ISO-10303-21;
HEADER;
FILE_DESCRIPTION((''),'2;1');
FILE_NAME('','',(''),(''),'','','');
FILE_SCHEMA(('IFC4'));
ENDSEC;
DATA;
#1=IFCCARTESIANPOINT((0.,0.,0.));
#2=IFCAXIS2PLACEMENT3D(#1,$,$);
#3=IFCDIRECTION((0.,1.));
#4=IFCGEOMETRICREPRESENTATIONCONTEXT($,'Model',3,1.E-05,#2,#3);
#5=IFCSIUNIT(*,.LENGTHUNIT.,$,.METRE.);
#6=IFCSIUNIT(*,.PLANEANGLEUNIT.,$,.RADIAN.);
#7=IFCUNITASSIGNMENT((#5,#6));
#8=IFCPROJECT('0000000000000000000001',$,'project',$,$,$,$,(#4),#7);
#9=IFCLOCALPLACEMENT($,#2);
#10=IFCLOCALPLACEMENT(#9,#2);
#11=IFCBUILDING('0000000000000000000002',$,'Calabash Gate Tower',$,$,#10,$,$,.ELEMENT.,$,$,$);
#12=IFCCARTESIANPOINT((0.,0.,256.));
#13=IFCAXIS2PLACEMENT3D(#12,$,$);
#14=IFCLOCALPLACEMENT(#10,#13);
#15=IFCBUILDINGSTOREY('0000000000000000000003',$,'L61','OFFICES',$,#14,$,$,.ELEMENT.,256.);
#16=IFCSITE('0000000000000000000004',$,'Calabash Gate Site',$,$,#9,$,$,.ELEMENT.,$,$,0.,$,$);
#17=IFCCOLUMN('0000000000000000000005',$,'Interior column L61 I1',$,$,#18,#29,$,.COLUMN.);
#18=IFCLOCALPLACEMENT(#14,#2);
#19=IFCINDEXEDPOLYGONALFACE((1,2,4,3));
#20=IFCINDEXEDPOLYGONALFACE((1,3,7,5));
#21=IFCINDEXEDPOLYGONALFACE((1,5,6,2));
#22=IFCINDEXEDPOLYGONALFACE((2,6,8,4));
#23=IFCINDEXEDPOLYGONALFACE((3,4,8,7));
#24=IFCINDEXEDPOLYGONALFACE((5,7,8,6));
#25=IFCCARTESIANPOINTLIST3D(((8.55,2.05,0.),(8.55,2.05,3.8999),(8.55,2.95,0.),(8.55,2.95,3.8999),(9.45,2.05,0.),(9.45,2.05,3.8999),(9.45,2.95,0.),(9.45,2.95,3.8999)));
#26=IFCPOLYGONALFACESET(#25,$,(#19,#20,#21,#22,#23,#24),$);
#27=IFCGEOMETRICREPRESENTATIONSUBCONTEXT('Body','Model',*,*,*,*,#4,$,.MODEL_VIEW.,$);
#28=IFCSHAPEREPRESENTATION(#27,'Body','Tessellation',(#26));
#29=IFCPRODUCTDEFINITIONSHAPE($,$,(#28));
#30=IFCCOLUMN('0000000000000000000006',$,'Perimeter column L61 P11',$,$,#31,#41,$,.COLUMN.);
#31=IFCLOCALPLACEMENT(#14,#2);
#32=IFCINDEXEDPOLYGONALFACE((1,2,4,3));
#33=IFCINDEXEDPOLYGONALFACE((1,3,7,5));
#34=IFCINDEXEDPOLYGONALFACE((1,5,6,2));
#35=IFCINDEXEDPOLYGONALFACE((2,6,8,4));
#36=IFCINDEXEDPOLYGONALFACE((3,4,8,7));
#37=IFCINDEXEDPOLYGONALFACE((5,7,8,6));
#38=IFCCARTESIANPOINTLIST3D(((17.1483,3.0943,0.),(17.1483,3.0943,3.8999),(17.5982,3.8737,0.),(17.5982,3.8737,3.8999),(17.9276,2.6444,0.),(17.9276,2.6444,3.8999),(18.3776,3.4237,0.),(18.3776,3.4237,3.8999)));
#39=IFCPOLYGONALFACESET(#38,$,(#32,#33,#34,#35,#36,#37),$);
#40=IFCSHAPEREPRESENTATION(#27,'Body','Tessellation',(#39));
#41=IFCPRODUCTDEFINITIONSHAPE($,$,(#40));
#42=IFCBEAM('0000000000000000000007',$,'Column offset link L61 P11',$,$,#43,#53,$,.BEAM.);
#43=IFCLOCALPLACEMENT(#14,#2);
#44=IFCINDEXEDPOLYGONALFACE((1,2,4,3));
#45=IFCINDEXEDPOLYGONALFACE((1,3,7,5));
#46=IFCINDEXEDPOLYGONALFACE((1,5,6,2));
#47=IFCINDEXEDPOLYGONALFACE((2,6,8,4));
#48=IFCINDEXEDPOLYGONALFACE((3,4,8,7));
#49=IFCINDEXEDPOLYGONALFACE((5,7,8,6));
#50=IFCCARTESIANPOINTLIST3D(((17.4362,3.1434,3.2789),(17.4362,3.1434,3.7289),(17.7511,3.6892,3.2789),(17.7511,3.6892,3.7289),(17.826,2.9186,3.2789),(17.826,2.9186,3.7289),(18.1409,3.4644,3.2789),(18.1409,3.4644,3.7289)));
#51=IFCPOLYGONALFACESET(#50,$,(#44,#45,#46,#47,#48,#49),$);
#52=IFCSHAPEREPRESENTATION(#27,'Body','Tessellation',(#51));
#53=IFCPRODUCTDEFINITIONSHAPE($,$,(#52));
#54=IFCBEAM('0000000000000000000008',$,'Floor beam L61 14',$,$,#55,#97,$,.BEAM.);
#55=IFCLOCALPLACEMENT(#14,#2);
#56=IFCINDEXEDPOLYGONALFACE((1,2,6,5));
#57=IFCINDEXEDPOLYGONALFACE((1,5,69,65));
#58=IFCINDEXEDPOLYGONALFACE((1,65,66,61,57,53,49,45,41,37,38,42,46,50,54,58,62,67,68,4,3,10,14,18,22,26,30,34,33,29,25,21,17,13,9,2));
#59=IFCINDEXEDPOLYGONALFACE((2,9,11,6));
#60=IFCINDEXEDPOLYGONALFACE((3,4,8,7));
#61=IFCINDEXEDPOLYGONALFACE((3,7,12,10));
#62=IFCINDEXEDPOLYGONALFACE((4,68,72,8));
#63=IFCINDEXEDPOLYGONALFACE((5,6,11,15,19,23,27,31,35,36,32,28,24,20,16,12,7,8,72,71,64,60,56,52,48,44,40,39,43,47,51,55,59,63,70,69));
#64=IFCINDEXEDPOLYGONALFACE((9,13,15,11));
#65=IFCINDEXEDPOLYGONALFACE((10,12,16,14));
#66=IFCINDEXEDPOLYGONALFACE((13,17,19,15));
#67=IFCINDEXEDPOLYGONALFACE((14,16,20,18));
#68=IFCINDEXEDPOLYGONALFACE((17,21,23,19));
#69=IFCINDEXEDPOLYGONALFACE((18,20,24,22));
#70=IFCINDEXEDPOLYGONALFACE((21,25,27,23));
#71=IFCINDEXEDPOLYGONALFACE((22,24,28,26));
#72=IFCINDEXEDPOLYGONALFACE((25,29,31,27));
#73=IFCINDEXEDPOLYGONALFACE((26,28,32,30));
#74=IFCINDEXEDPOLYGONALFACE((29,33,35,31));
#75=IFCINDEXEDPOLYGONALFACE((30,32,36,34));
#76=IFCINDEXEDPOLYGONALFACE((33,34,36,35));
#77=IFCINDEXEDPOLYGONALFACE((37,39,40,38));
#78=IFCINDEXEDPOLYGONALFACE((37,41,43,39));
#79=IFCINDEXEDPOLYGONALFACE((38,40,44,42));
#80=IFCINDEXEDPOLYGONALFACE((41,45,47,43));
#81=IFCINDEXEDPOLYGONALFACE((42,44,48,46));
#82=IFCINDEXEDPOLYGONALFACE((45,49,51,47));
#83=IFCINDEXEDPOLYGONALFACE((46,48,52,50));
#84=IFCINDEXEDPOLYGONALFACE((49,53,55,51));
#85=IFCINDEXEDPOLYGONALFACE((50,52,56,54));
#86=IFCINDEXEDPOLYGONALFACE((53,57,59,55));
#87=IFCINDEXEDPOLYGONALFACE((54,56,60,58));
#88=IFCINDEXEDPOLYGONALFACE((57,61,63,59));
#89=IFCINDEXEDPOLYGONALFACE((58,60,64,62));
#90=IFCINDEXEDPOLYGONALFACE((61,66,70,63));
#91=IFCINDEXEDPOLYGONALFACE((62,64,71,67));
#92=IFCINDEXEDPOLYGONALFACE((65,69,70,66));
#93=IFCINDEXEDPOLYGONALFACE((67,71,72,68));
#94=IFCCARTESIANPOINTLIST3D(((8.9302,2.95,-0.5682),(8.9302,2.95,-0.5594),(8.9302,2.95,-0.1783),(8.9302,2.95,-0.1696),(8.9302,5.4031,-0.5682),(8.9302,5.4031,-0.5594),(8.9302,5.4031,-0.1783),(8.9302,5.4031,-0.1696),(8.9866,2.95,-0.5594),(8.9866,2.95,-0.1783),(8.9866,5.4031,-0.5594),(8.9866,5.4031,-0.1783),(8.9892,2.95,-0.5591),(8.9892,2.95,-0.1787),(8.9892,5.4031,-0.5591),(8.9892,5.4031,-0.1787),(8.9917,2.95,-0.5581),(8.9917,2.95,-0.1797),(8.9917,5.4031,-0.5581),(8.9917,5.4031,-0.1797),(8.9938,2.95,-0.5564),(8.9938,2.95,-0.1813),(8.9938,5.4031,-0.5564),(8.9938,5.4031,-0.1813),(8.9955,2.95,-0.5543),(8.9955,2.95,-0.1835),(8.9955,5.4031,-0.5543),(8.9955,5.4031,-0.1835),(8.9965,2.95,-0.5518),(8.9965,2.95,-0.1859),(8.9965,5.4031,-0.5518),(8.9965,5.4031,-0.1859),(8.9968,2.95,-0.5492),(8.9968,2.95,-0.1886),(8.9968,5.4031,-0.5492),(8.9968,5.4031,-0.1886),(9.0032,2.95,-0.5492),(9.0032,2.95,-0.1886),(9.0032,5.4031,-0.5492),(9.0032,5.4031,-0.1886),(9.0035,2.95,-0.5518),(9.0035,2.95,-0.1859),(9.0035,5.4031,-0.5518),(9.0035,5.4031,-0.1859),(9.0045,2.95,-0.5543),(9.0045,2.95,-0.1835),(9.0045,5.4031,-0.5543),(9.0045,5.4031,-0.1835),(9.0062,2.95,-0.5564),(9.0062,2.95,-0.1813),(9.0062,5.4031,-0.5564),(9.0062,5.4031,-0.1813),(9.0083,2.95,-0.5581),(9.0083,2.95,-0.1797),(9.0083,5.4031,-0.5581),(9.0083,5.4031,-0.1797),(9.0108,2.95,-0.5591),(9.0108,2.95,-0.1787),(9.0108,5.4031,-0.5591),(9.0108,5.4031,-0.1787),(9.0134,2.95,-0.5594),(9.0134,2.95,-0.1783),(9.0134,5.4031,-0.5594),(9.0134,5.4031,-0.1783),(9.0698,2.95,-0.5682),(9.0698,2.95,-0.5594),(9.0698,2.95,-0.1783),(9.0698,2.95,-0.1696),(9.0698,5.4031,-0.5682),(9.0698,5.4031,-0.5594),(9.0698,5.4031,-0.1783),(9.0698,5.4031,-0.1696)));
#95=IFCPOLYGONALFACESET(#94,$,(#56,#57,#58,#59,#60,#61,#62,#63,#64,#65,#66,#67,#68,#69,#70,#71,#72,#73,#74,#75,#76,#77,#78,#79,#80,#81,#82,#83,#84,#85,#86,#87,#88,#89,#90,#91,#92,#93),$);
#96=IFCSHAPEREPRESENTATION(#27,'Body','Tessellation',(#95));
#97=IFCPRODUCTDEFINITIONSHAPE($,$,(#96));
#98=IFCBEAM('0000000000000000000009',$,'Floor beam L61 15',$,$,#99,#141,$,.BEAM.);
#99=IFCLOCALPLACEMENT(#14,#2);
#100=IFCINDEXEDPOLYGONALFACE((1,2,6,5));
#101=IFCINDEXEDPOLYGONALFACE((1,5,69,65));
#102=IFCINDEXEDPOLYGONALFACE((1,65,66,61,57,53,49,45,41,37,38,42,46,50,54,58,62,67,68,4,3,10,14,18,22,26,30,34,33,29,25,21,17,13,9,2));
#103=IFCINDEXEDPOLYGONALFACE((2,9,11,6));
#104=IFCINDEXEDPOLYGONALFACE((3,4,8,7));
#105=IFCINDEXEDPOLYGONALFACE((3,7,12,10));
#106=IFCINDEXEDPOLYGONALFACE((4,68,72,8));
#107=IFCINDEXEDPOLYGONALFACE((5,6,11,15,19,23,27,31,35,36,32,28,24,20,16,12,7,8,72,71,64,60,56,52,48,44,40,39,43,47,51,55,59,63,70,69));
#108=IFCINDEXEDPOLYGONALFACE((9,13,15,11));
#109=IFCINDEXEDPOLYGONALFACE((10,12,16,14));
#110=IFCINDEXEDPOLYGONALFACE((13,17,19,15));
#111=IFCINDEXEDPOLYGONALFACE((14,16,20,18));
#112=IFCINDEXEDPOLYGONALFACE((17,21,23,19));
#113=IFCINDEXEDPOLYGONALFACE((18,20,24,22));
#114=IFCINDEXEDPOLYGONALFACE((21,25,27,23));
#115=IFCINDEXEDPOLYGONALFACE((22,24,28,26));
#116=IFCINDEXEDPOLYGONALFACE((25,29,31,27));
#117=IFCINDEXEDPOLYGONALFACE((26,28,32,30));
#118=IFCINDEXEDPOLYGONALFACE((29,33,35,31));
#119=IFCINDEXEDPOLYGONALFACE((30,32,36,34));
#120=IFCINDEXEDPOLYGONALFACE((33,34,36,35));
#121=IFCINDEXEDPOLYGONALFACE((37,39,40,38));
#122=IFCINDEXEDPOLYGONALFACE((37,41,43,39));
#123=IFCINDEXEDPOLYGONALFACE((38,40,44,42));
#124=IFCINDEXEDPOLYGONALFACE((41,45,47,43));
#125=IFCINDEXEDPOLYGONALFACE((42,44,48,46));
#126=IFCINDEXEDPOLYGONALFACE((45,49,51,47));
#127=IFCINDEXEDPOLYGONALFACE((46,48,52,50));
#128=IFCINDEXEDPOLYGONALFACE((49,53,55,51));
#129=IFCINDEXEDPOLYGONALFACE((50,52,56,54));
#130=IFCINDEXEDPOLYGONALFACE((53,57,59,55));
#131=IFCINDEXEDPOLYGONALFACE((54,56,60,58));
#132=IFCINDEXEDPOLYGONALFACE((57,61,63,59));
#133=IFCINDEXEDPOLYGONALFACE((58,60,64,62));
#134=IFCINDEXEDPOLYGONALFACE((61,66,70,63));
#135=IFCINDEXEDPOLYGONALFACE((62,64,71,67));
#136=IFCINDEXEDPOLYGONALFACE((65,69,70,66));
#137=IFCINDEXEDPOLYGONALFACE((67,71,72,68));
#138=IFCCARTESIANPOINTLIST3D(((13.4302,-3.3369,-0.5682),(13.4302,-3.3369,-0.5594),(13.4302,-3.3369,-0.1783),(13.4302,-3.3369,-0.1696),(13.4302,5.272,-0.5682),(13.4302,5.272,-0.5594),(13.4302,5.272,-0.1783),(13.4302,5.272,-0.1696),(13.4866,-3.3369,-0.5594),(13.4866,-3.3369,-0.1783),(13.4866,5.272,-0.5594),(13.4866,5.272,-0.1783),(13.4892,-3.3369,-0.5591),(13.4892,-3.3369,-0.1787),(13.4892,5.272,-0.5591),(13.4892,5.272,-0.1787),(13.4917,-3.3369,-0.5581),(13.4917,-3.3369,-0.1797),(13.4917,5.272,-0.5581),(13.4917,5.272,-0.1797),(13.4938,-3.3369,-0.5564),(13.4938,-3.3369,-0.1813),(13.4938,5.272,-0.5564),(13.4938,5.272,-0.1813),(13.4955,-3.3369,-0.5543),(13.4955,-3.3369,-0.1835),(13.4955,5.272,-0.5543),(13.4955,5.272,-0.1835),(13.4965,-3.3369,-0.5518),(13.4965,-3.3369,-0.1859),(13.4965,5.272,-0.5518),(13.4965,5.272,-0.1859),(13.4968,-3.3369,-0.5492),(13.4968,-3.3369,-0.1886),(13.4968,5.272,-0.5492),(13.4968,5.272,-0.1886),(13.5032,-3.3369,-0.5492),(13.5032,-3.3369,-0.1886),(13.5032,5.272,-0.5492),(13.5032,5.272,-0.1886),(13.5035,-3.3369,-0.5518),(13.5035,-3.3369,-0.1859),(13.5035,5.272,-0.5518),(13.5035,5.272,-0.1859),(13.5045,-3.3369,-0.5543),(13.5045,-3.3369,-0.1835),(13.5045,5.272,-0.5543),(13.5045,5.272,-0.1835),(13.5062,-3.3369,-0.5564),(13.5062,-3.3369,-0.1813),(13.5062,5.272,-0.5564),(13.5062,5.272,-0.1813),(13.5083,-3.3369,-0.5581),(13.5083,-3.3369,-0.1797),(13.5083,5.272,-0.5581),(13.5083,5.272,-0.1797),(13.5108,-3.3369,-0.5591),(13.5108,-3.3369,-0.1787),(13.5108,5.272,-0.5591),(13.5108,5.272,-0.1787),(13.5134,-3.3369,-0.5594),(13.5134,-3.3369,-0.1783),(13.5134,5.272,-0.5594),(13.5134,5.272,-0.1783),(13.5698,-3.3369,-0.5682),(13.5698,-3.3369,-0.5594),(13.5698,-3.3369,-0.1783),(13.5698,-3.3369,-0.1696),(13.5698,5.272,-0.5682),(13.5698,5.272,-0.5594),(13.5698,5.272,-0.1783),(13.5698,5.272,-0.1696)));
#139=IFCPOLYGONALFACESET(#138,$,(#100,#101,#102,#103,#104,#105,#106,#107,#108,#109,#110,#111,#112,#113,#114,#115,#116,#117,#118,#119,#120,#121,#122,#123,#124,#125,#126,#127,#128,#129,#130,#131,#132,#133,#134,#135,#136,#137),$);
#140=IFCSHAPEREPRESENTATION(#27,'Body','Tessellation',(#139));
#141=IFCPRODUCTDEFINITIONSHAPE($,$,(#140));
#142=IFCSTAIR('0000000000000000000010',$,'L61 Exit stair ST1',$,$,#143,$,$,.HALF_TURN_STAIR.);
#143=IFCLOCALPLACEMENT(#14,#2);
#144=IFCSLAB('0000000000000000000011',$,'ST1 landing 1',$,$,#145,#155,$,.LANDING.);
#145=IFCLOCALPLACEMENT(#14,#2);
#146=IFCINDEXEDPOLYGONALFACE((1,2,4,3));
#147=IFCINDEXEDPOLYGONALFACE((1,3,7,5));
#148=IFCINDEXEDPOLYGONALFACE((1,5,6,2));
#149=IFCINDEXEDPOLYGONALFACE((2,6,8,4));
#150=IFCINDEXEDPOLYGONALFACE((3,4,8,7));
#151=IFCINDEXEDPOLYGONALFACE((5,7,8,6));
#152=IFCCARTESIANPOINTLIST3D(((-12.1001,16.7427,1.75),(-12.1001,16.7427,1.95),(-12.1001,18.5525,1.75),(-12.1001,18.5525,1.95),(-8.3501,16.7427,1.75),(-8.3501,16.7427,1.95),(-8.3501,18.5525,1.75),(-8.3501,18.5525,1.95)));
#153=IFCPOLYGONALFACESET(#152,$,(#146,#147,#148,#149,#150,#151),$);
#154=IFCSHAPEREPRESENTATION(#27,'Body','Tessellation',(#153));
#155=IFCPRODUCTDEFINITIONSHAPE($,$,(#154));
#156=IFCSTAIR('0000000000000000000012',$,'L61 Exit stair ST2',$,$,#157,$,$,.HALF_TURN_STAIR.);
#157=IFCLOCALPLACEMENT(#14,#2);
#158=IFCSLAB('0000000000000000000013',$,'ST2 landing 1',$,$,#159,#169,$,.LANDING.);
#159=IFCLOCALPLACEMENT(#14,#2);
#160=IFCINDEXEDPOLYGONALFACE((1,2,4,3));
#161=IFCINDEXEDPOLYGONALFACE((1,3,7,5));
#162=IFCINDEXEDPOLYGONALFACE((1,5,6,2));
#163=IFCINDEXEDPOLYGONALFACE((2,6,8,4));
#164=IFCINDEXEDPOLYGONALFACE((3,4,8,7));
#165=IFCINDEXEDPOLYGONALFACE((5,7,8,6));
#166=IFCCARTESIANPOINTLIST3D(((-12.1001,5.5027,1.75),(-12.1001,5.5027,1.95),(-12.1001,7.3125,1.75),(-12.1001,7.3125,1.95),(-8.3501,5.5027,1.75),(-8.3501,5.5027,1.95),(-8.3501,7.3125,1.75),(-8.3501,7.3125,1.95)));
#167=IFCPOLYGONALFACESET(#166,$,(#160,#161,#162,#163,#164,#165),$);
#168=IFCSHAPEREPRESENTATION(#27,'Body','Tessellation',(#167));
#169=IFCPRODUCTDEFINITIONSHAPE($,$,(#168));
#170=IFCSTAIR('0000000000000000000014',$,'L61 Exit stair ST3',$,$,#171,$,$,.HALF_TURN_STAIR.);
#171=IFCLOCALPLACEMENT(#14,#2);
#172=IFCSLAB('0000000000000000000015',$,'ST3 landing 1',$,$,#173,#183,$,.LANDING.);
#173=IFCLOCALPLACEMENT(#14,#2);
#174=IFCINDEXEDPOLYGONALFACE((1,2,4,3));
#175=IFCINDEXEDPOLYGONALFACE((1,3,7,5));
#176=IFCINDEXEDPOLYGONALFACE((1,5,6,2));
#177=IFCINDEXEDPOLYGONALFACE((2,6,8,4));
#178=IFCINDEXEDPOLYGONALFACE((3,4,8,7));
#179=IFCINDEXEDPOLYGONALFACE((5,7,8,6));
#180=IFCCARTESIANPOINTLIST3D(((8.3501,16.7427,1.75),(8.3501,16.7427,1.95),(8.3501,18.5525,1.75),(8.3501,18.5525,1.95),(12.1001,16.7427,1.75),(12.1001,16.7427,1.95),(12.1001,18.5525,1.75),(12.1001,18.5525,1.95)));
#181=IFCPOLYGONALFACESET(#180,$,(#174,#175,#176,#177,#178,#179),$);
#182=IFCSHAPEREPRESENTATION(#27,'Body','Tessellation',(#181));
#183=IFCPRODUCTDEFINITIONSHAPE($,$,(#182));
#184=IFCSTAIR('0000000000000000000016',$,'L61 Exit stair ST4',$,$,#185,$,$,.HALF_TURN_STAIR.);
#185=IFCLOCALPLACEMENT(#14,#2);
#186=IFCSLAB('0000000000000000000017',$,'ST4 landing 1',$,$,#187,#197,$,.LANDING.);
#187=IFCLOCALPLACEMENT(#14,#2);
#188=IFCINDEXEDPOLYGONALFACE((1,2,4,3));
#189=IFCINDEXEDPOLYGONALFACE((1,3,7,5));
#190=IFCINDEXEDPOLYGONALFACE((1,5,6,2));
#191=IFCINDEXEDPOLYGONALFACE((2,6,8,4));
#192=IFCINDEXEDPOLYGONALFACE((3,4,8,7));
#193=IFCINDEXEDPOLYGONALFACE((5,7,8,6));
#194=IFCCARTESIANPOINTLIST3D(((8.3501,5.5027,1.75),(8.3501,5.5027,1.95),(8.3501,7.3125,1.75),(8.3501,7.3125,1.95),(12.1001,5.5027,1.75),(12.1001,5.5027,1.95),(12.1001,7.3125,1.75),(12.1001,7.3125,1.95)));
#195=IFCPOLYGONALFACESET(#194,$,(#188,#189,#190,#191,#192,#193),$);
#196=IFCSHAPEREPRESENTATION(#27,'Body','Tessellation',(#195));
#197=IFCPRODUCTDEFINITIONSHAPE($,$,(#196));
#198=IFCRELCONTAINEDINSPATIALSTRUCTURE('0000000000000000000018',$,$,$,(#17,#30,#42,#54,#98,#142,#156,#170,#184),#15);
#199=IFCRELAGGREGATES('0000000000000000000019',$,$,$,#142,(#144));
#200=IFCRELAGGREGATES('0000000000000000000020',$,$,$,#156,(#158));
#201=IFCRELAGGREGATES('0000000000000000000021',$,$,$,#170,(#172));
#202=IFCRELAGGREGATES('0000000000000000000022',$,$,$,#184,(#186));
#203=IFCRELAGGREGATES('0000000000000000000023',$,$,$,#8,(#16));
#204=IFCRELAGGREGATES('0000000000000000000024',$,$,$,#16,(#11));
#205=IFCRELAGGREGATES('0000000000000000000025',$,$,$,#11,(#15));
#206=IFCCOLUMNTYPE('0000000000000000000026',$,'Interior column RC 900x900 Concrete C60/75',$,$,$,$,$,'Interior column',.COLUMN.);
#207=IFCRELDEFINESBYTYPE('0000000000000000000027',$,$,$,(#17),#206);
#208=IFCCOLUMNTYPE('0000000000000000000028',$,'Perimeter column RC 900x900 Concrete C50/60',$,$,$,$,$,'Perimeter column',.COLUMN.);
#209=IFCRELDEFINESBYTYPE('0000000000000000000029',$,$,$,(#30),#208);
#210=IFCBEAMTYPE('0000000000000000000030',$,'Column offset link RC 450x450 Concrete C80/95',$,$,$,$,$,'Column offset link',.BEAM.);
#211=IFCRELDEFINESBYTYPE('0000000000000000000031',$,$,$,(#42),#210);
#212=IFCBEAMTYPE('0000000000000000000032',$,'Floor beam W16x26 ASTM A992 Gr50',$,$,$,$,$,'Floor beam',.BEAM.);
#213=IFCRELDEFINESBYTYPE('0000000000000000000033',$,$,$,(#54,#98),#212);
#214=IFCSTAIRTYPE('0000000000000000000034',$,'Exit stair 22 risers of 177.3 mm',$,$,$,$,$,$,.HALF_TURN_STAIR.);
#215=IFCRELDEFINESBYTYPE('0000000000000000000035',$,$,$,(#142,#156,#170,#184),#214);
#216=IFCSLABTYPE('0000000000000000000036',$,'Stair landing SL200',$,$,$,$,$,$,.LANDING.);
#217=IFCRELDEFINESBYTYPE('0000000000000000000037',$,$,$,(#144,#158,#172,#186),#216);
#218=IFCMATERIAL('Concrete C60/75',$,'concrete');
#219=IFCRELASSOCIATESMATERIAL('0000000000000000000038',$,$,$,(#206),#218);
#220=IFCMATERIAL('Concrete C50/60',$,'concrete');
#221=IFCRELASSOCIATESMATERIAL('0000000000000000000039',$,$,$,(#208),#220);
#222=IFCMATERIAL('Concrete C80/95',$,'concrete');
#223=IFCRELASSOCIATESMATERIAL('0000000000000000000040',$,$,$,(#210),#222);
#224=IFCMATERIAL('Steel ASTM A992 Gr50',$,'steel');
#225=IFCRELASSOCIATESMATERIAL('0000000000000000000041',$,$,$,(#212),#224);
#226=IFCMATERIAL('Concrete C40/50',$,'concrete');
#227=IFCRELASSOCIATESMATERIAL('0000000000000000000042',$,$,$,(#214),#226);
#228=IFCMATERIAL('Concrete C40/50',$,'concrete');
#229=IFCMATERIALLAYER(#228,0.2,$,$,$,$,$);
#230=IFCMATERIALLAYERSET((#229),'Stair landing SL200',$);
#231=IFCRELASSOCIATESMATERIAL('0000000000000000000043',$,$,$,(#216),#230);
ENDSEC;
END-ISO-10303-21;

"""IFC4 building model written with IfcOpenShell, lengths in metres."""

from ifc_helpers import new_model, si_unit, direction, frame, origin, origin_2d, place, context, subcontext, project, spatial, polyline, rectangle, i_section, outline, extrude, material, layer, layer_set, material_profile, profile_set, type_object, element, aggregate, save


model = new_model("IFC4")

# Units and contexts
model_context = context("Model", 3, precision=1e-05, world=origin(), true_north=direction((0.0, 1.0)))
body_context = subcontext(model_context, "Body", "Model", "MODEL_VIEW")
ifc_project = project(units=[si_unit("LENGTHUNIT", "METRE"), si_unit("PLANEANGLEUNIT", "RADIAN")], contexts=[model_context])

# Site, building, storey
site_placement = place(None, origin())
site = spatial("IfcSite", under=ifc_project, at=site_placement, Name="Calabash Gate Site", CompositionType="ELEMENT", RefElevation=0.0)
building_placement = place(site_placement, origin())
building = spatial("IfcBuilding", under=site, at=building_placement, Name="Calabash Gate Tower", CompositionType="ELEMENT")
storey_placement = place(building_placement, frame((0.0, 0.0, 256.0)))
storey = spatial("IfcBuildingStorey", under=building, at=storey_placement, Name="L61", Description="OFFICES", CompositionType="ELEMENT", Elevation=256.0)

# Columns
ifc_material_1 = material(Name="Concrete C60/75", Category="concrete")
ifc_material_profile_1 = material_profile(ifc_material_1, rectangle(XDim=0.8999, YDim=0.8999, at=origin_2d()))
ifc_profile_set_1 = profile_set([ifc_material_profile_1], Name="Concrete C60/75")
column_type_1 = type_object("IfcColumnType", Name="Interior column RC 900x900 Concrete C60/75", ElementType="Interior column", PredefinedType="COLUMN", material=ifc_profile_set_1)
column_1_placement = place(storey_placement, frame((9.0, 2.5, 0.0), z_axis=(0.0, 0.0, 1.0), x_axis=(1.0, 0.0, 0.0)))
element("IfcColumn", 1, at=column_1_placement, inside=storey, type_object=column_type_1, Name="Interior column L61 I1", PredefinedType="COLUMN", context=body_context, shape_type="SweptSolid", body=[
    extrude(rectangle(XDim=0.8999, YDim=0.8999, at=origin_2d()), origin(), (0.0, 0.0, 1.0), 3.8999),
])
ifc_material_2 = material(Name="Concrete C50/60", Category="concrete")
ifc_material_profile_2 = material_profile(ifc_material_2, rectangle(XDim=0.8999, YDim=0.8999, at=origin_2d()))
ifc_profile_set_2 = profile_set([ifc_material_profile_2], Name="Concrete C50/60")
column_type_2 = type_object("IfcColumnType", Name="Perimeter column RC 900x900 Concrete C50/60", ElementType="Perimeter column", PredefinedType="COLUMN", material=ifc_profile_set_2)
column_2_placement = place(storey_placement, frame((17.7629, 3.259, 0.0), z_axis=(0.0, 0.0, 1.0), x_axis=(0.5, 0.866025, 0.0)))
element("IfcColumn", 2, at=column_2_placement, inside=storey, type_object=column_type_2, Name="Perimeter column L61 P11", PredefinedType="COLUMN", context=body_context, shape_type="SweptSolid", body=[
    extrude(rectangle(XDim=0.8999, YDim=0.8999, at=origin_2d()), origin(), (0.0, 0.0, 1.0), 3.8999),
])

# Beams
ifc_material_3 = material(Name="Concrete C80/95", Category="concrete")
ifc_material_profile_3 = material_profile(ifc_material_3, rectangle(XDim=0.45, YDim=0.45, at=origin_2d()))
ifc_profile_set_3 = profile_set([ifc_material_profile_3], Name="Concrete C80/95")
beam_type_1 = type_object("IfcBeamType", Name="Column offset link RC 450x450 Concrete C80/95", ElementType="Column offset link", PredefinedType="BEAM", material=ifc_profile_set_3)
beam_1_placement = place(storey_placement, frame((17.6311, 3.031, 3.5039), z_axis=(0.499722, 0.866186, 0.0), x_axis=(-0.866186, 0.499722, 0.0)))
element("IfcBeam", 3, at=beam_1_placement, inside=storey, type_object=beam_type_1, Name="Column offset link L61 P11", PredefinedType="BEAM", context=body_context, shape_type="SweptSolid", body=[
    extrude(rectangle(XDim=0.45, YDim=0.45, at=origin_2d()), origin(), (0.0, 0.0, 1.0), 0.6301),
])
ifc_material_4 = material(Name="Steel ASTM A992 Gr50", Category="steel")
ifc_material_profile_4 = material_profile(ifc_material_4, i_section(OverallWidth=0.1396, OverallDepth=0.3987, WebThickness=0.0063, FlangeThickness=0.0088, FilletRadius=0.0103, at=origin_2d()))
ifc_profile_set_4 = profile_set([ifc_material_profile_4], Name="Steel ASTM A992 Gr50")
beam_type_2 = type_object("IfcBeamType", Name="Floor beam W16x26 ASTM A992 Gr50", ElementType="Floor beam", PredefinedType="BEAM", material=ifc_profile_set_4)
beam_2_placement = place(storey_placement, frame((9.0, 2.95, -0.3689), z_axis=(0.0, 1.0, 0.0), x_axis=(-1.0, 0.0, 0.0)))
element("IfcBeam", 4, at=beam_2_placement, inside=storey, type_object=beam_type_2, Name="Floor beam L61 14", PredefinedType="BEAM", context=body_context, shape_type="SweptSolid", body=[
    extrude(i_section(OverallWidth=0.1396, OverallDepth=0.3987, WebThickness=0.0063, FlangeThickness=0.0088, FilletRadius=0.0103, at=origin_2d()), origin(), (0.0, 0.0, 1.0), 2.4531),
])
beam_3_placement = place(storey_placement, frame((13.5, -3.3369, -0.3689), z_axis=(0.0, 1.0, 0.0), x_axis=(-1.0, 0.0, 0.0)))
element("IfcBeam", 5, at=beam_3_placement, inside=storey, type_object=beam_type_2, Name="Floor beam L61 15", PredefinedType="BEAM", context=body_context, shape_type="SweptSolid", body=[
    extrude(i_section(OverallWidth=0.1396, OverallDepth=0.3987, WebThickness=0.0063, FlangeThickness=0.0088, FilletRadius=0.0103, at=origin_2d()), origin(), (0.0, 0.0, 1.0), 8.6089),
])

# Stairs, slabs
ifc_material_5 = material(Name="Concrete C40/50", Category="concrete")
stair_type = type_object("IfcStairType", Name="Exit stair 22 risers of 177.3 mm", PredefinedType="HALF_TURN_STAIR", material=ifc_material_5)
stair_1_placement = place(storey_placement, origin())
stair_1 = element("IfcStair", 6, at=stair_1_placement, inside=storey, type_object=stair_type, Name="L61 Exit stair ST1", PredefinedType="HALF_TURN_STAIR")
ifc_material_6 = material(Name="Concrete C40/50", Category="concrete")
ifc_layer_1 = layer(ifc_material_6, 0.2)
ifc_layer_set_1 = layer_set([ifc_layer_1], Name="Stair landing SL200")
slab_type = type_object("IfcSlabType", Name="Stair landing SL200", PredefinedType="LANDING", material=ifc_layer_set_1)
slab_1_placement = place(storey_placement, frame((0.0, 0.0, 1.75)))
slab_1 = element("IfcSlab", 7, at=slab_1_placement, type_object=slab_type, Name="ST1 landing 1", PredefinedType="LANDING", context=body_context, shape_type="SweptSolid", body=[
    extrude(outline(polyline([(-8.3501, 16.7427), (-8.3501, 18.5525), (-12.1001, 18.5525), (-12.1001, 16.7427), (-8.3501, 16.7427)])), origin(), (0.0, 0.0, 1.0), 0.2),
])
aggregate(stair_1, [slab_1])
stair_2_placement = place(storey_placement, origin())
stair_2 = element("IfcStair", 8, at=stair_2_placement, inside=storey, type_object=stair_type, Name="L61 Exit stair ST2", PredefinedType="HALF_TURN_STAIR")
slab_2_placement = place(storey_placement, frame((0.0, 0.0, 1.75)))
slab_2 = element("IfcSlab", 9, at=slab_2_placement, type_object=slab_type, Name="ST2 landing 1", PredefinedType="LANDING", context=body_context, shape_type="SweptSolid", body=[
    extrude(outline(polyline([(-12.1001, 7.3125), (-12.1001, 5.5027), (-8.3501, 5.5027), (-8.3501, 7.3125), (-12.1001, 7.3125)])), origin(), (0.0, 0.0, 1.0), 0.2),
])
aggregate(stair_2, [slab_2])
stair_3_placement = place(storey_placement, origin())
stair_3 = element("IfcStair", 10, at=stair_3_placement, inside=storey, type_object=stair_type, Name="L61 Exit stair ST3", PredefinedType="HALF_TURN_STAIR")
slab_3_placement = place(storey_placement, frame((0.0, 0.0, 1.75)))
slab_3 = element("IfcSlab", 11, at=slab_3_placement, type_object=slab_type, Name="ST3 landing 1", PredefinedType="LANDING", context=body_context, shape_type="SweptSolid", body=[
    extrude(outline(polyline([(12.1001, 16.7427), (12.1001, 18.5525), (8.3501, 18.5525), (8.3501, 16.7427), (12.1001, 16.7427)])), origin(), (0.0, 0.0, 1.0), 0.2),
])
aggregate(stair_3, [slab_3])
stair_4_placement = place(storey_placement, origin())
stair_4 = element("IfcStair", 12, at=stair_4_placement, inside=storey, type_object=stair_type, Name="L61 Exit stair ST4", PredefinedType="HALF_TURN_STAIR")
slab_4_placement = place(storey_placement, frame((0.0, 0.0, 1.75)))
slab_4 = element("IfcSlab", 13, at=slab_4_placement, type_object=slab_type, Name="ST4 landing 1", PredefinedType="LANDING", context=body_context, shape_type="SweptSolid", body=[
    extrude(outline(polyline([(8.3501, 7.3125), (8.3501, 5.5027), (12.1001, 5.5027), (12.1001, 7.3125), (8.3501, 7.3125)])), origin(), (0.0, 0.0, 1.0), 0.2),
])
aggregate(stair_4, [slab_4])

save(model, "model.ifc")
